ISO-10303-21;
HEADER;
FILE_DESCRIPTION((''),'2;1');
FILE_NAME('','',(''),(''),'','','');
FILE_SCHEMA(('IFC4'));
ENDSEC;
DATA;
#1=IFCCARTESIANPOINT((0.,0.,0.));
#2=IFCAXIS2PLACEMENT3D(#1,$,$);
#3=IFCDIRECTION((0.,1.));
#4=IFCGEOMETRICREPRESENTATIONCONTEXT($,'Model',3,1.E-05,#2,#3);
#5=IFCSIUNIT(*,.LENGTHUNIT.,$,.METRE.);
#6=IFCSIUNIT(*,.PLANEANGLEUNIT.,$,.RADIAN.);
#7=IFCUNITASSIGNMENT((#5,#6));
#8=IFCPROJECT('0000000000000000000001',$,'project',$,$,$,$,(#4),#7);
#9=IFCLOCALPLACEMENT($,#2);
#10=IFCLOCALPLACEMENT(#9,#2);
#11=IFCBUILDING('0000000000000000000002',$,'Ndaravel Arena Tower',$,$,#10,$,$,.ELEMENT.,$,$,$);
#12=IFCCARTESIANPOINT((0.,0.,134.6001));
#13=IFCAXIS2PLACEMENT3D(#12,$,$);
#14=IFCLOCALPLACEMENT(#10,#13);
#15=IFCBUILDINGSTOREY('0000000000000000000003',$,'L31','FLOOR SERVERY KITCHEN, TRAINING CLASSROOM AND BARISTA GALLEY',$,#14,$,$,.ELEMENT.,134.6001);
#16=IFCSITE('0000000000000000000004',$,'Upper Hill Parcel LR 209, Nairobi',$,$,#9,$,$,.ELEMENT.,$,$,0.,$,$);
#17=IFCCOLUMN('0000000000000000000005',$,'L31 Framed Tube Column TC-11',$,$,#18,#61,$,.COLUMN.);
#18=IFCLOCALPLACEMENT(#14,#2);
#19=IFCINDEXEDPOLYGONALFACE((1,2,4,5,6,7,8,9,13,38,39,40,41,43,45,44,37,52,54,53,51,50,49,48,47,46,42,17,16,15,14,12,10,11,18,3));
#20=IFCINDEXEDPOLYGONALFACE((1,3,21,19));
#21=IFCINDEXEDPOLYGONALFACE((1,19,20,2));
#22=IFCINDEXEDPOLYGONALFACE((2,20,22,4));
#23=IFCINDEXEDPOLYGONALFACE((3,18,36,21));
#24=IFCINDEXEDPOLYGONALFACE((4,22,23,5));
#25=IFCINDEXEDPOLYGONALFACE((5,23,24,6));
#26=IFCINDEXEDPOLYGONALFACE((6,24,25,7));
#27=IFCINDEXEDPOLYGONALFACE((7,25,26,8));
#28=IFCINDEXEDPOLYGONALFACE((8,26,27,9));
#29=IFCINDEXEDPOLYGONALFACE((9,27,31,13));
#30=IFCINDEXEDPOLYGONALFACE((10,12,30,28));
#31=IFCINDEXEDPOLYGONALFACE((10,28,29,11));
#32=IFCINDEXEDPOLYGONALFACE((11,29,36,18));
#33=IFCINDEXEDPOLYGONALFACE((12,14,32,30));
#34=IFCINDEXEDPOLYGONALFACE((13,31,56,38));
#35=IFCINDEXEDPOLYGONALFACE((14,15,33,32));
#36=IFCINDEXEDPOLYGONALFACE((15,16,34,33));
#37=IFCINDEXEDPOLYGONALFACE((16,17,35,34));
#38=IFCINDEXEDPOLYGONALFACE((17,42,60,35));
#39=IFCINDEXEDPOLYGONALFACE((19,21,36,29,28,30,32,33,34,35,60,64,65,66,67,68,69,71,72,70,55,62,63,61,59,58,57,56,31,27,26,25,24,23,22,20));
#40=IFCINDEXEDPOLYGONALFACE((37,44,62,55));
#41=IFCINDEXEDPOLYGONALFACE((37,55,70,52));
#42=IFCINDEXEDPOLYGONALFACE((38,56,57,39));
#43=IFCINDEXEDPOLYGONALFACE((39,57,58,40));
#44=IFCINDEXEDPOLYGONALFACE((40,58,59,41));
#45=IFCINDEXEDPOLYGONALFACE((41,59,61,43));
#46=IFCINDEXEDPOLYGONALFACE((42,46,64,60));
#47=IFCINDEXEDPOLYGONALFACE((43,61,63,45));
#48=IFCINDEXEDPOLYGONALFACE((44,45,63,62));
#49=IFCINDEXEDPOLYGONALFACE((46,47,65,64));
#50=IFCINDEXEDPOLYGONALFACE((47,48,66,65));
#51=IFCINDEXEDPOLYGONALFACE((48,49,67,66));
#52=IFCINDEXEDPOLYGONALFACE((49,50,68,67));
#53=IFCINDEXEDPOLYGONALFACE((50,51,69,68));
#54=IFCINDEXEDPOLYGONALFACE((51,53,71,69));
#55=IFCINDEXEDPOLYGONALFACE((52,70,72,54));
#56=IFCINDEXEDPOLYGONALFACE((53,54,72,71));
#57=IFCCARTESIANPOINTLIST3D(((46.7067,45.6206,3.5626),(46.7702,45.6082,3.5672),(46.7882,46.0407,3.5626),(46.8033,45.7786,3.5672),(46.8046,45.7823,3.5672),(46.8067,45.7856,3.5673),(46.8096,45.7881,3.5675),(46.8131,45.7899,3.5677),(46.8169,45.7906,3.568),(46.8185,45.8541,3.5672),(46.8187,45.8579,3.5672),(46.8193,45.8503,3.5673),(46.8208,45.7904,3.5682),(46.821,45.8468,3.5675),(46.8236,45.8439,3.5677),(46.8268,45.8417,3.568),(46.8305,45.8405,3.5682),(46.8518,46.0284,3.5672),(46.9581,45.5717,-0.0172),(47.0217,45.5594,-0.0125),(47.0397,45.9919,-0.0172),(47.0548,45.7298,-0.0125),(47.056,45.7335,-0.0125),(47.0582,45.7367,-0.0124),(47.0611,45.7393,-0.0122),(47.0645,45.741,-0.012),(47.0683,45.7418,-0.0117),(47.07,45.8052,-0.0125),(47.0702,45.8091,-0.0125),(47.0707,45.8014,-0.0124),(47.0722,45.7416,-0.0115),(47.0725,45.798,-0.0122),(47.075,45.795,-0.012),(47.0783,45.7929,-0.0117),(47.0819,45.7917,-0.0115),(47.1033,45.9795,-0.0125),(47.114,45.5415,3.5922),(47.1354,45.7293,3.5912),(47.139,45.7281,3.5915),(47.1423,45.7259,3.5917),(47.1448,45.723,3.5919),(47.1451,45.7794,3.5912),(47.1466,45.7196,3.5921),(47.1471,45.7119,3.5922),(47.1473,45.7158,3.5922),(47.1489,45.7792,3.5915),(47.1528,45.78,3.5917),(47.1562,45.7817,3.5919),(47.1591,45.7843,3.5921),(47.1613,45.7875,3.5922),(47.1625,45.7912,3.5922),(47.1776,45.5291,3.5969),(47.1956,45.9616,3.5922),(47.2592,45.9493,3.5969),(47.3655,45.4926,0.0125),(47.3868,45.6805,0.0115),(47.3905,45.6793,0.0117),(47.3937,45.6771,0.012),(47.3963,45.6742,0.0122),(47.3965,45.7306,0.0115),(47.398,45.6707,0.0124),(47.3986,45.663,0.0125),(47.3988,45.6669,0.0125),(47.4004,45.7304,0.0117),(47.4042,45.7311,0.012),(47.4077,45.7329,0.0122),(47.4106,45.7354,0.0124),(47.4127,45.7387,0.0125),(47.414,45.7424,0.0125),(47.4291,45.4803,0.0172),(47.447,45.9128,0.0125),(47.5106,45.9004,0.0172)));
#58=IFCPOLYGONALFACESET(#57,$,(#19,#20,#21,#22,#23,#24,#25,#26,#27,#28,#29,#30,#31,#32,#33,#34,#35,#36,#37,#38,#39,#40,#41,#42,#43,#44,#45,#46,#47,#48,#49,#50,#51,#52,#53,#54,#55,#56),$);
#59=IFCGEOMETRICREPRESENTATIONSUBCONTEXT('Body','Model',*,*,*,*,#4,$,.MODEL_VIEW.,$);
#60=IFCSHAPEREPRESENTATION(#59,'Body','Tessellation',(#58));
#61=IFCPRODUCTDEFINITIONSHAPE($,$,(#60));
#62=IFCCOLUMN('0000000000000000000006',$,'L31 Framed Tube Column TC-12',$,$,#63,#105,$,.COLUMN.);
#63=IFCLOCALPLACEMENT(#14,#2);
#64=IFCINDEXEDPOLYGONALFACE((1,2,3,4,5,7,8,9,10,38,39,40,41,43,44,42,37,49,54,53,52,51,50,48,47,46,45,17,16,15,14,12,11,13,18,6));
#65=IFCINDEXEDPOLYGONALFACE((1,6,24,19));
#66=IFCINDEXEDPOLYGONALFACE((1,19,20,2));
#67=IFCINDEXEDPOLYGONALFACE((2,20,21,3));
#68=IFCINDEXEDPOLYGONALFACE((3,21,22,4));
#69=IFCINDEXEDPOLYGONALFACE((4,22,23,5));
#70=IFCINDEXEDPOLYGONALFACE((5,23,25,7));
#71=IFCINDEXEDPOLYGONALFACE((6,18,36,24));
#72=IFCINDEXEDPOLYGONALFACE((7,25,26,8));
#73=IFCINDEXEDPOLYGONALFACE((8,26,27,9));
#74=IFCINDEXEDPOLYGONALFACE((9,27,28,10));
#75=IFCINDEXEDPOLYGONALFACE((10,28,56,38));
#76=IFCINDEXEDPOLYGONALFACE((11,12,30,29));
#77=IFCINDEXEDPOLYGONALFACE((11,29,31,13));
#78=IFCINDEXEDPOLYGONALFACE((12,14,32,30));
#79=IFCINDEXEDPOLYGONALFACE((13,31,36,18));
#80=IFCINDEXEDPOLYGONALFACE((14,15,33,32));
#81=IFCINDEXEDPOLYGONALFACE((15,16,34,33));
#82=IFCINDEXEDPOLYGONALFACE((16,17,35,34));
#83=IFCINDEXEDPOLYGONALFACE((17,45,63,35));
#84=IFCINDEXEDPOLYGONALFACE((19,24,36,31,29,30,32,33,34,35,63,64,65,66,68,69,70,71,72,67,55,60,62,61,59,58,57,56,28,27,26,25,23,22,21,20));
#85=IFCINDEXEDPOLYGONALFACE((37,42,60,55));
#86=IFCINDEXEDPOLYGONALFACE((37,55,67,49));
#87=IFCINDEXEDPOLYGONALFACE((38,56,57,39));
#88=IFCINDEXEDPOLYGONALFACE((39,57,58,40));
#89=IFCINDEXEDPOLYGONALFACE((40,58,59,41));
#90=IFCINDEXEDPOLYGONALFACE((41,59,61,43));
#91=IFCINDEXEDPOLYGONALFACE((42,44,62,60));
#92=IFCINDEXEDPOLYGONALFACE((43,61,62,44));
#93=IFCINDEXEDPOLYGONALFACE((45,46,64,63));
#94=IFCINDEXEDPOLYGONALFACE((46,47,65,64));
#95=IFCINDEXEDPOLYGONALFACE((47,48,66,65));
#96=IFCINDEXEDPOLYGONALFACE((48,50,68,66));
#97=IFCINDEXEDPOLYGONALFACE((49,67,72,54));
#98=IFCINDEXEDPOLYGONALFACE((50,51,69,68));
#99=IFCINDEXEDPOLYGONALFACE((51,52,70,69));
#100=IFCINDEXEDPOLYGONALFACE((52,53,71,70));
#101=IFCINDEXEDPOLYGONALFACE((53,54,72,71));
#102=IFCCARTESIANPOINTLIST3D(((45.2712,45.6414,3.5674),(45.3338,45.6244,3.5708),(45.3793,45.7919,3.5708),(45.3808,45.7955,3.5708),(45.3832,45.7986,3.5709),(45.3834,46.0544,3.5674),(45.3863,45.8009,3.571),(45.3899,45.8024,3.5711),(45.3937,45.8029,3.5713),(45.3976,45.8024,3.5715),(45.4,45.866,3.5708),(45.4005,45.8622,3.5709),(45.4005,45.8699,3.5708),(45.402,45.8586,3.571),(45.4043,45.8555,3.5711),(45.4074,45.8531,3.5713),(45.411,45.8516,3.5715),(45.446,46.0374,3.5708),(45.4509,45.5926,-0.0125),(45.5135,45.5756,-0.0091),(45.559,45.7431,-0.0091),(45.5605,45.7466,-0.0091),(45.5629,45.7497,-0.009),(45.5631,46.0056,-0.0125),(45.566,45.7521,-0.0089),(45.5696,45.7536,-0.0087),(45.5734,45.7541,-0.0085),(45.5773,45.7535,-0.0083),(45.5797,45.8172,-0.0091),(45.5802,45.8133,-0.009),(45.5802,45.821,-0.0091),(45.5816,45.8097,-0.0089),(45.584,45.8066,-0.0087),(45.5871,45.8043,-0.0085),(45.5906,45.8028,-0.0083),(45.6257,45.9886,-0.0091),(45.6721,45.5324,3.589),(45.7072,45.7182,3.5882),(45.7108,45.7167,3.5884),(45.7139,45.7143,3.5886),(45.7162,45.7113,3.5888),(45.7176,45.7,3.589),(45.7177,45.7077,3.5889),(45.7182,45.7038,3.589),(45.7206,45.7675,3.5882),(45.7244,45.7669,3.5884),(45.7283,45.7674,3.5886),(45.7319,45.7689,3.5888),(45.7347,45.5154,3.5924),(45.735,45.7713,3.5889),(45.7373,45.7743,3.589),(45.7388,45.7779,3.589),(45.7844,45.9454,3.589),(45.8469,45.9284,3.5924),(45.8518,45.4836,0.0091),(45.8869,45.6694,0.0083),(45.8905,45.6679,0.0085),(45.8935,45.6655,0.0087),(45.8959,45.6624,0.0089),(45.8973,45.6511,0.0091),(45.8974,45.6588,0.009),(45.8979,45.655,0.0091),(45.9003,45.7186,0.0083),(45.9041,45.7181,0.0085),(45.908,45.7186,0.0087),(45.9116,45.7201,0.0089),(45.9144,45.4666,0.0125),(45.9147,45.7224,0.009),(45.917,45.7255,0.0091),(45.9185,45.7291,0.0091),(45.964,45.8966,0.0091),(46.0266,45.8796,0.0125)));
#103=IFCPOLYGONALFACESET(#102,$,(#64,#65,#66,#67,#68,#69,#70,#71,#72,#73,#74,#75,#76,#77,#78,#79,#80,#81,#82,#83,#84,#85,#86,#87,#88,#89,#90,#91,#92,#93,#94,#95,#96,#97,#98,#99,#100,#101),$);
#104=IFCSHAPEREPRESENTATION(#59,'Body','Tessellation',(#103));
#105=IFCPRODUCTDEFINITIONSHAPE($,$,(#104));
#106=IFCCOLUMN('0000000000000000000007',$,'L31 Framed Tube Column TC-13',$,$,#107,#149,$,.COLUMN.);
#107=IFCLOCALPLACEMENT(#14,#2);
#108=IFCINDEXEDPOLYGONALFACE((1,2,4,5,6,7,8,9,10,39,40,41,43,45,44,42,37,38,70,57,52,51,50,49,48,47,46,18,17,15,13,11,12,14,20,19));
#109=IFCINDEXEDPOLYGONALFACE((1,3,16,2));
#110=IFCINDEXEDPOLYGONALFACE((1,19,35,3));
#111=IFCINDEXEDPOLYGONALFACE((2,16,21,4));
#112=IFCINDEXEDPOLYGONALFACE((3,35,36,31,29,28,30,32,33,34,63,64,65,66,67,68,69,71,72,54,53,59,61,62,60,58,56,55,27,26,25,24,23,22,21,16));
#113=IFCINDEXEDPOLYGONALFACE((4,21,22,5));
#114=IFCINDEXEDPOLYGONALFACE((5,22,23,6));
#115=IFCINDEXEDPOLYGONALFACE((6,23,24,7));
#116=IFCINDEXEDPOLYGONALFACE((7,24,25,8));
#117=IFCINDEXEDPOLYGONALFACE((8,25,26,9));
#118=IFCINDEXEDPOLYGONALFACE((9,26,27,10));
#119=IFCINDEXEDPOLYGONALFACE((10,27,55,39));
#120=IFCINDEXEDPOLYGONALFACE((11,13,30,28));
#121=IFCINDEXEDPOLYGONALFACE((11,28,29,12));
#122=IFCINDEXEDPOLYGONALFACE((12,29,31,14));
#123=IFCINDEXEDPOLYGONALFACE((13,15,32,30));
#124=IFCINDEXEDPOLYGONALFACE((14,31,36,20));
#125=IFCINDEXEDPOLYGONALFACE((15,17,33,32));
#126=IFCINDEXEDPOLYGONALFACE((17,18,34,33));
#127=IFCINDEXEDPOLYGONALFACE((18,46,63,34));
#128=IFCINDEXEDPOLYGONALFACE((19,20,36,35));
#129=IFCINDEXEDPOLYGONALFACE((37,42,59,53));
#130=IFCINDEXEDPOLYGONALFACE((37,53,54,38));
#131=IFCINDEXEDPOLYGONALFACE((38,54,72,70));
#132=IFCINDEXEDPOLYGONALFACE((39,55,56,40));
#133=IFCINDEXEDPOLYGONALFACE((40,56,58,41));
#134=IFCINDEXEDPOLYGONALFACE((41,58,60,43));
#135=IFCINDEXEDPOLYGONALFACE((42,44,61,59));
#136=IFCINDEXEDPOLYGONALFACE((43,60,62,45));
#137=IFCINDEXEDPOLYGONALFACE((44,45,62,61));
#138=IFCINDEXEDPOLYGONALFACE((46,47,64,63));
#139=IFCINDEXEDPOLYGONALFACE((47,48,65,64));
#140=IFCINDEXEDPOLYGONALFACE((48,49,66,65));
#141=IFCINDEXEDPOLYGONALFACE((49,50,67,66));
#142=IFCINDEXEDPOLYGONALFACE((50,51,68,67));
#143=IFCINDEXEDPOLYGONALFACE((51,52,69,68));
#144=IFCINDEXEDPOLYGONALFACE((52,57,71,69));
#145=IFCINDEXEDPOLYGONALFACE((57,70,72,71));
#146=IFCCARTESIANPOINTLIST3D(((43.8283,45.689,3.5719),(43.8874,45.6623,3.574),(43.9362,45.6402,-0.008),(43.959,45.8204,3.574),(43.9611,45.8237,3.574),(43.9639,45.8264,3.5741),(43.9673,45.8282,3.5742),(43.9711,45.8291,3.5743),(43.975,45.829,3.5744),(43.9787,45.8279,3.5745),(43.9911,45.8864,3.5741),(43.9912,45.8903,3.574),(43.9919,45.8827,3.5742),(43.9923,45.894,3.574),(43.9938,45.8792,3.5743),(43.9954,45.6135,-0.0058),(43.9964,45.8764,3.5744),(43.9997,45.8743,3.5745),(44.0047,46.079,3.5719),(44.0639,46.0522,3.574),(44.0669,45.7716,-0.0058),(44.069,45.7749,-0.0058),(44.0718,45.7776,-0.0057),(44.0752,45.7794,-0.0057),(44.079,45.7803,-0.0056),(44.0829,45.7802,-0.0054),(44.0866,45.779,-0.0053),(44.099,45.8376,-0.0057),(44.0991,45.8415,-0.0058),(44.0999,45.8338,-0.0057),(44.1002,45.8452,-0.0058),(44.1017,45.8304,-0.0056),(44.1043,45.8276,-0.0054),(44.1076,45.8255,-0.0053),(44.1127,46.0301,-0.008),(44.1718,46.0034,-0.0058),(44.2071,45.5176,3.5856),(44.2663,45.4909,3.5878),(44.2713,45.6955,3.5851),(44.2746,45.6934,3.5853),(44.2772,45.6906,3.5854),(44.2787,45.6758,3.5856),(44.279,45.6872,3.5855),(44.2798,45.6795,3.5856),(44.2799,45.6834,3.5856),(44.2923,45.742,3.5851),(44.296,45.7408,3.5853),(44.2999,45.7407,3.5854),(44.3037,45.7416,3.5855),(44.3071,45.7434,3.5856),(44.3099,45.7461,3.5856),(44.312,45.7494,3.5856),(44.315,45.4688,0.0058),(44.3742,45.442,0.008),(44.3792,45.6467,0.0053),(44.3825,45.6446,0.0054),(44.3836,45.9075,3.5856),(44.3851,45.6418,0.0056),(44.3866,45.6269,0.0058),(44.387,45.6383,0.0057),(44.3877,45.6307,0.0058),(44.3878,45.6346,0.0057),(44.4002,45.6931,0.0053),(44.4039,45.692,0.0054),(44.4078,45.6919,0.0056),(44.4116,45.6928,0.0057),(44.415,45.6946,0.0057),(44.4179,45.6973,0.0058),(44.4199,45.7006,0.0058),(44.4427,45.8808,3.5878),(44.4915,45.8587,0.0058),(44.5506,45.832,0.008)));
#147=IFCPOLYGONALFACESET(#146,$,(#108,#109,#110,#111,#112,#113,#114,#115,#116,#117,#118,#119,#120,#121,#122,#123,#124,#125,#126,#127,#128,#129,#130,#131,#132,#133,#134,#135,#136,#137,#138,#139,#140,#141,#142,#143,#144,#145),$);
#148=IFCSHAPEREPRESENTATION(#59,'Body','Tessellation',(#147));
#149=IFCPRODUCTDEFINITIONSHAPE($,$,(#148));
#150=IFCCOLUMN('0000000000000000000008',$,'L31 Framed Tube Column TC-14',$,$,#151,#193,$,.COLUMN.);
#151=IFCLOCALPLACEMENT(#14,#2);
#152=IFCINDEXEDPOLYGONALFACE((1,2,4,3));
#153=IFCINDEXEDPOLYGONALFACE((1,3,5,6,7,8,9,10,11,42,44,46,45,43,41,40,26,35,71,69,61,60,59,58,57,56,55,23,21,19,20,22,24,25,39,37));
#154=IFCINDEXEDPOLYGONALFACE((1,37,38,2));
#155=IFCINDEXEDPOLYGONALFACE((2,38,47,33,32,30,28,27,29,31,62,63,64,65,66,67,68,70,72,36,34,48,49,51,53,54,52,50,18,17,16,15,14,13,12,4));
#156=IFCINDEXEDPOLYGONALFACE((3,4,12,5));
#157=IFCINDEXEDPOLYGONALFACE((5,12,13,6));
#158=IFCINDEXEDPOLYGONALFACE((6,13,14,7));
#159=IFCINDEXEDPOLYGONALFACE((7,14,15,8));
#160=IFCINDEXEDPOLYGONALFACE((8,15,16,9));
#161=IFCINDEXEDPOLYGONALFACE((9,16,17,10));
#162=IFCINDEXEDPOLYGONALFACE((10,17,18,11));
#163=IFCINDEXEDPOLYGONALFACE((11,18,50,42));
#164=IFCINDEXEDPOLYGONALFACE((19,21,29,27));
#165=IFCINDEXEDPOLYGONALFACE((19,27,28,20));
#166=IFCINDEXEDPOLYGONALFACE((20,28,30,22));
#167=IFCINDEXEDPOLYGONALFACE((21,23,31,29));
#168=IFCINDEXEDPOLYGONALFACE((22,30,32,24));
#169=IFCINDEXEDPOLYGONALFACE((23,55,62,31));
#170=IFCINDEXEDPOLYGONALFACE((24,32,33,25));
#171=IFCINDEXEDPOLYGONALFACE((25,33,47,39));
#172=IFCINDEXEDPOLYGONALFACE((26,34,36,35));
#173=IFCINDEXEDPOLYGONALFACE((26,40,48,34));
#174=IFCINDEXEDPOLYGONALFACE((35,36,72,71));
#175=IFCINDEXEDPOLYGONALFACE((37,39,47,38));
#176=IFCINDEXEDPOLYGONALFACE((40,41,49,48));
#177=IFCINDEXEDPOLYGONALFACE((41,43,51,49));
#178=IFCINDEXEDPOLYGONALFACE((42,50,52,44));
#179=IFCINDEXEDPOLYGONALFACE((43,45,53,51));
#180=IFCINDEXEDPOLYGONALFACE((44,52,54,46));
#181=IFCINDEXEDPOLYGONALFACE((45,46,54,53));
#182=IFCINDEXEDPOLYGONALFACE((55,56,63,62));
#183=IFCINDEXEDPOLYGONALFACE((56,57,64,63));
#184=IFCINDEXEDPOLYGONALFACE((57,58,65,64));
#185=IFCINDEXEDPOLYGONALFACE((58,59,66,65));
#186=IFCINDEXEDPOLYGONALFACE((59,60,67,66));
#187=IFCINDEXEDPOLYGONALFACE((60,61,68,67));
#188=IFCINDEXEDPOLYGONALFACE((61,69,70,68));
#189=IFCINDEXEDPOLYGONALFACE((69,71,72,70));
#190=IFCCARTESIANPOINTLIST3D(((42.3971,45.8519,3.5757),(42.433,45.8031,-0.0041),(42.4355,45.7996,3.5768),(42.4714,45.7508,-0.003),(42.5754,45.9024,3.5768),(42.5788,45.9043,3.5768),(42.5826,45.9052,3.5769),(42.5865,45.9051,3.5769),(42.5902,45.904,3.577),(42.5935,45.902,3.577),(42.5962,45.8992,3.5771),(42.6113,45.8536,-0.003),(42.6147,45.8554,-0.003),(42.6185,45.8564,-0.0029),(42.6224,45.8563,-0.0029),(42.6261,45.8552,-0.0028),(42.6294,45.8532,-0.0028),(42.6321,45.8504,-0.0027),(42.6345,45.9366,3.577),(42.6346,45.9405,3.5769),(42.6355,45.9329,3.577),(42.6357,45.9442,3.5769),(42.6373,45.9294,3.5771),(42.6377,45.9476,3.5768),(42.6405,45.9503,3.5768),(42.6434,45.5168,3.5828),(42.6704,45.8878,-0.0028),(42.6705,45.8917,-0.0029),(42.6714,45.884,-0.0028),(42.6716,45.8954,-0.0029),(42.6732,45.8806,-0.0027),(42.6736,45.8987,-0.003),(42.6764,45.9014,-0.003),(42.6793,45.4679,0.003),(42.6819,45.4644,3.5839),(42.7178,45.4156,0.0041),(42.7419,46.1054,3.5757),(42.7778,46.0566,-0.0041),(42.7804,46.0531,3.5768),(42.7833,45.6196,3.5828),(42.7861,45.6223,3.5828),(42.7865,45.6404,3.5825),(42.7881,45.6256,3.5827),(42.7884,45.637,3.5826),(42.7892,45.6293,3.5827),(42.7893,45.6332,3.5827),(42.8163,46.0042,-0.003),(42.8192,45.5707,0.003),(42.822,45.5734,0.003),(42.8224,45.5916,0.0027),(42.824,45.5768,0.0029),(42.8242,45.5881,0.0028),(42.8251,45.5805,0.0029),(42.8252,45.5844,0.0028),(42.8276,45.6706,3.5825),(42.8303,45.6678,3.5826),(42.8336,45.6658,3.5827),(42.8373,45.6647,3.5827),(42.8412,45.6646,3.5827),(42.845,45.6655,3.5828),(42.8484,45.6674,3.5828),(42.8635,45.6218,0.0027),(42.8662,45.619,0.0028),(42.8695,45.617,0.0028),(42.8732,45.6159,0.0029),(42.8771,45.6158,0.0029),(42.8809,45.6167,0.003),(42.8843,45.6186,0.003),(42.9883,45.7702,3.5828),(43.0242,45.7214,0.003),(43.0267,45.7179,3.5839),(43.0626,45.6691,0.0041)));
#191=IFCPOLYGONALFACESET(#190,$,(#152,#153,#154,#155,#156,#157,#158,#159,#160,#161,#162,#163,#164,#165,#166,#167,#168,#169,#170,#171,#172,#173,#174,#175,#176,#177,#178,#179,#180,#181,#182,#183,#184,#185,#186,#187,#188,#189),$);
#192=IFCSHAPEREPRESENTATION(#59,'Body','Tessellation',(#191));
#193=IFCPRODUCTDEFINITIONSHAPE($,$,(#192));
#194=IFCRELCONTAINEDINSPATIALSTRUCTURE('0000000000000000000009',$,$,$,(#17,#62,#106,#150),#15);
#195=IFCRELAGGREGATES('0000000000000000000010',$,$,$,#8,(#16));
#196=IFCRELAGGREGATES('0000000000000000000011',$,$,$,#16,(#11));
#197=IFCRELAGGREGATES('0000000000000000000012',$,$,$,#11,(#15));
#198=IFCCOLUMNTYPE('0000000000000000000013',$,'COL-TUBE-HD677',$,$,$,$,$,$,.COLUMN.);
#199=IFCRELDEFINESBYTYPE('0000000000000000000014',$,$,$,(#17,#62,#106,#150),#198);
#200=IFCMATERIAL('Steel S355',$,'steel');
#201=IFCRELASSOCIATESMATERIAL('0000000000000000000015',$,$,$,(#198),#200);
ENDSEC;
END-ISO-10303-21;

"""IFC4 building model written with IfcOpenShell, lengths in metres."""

from ifc_helpers import new_model, si_unit, direction, frame, origin, origin_2d, place, context, subcontext, project, spatial, i_section, extrude, material, material_profile, profile_set, type_object, element, save


model = new_model("IFC4")

# Units and contexts
model_context = context("Model", 3, precision=1e-05, world=origin(), true_north=direction((0.0, 1.0)))
body_context = subcontext(model_context, "Body", "Model", "MODEL_VIEW")
ifc_project = project(units=[si_unit("LENGTHUNIT", "METRE"), si_unit("PLANEANGLEUNIT", "RADIAN")], contexts=[model_context])

# Site, building, storey
site_placement = place(None, origin())
site = spatial("IfcSite", under=ifc_project, at=site_placement, Name="Upper Hill Parcel LR 209, Nairobi", CompositionType="ELEMENT", RefElevation=0.0)
building_placement = place(site_placement, origin())
building = spatial("IfcBuilding", under=site, at=building_placement, Name="Ndaravel Arena Tower", CompositionType="ELEMENT")
storey_placement = place(building_placement, frame((0.0, 0.0, 134.6001)))
storey = spatial("IfcBuildingStorey", under=building, at=storey_placement, Name="L31", Description="FLOOR SERVERY KITCHEN, TRAINING CLASSROOM AND BARISTA GALLEY", CompositionType="ELEMENT", Elevation=134.6001)

# Columns
ifc_material_1 = material(Name="Steel S355", Category="steel")
ifc_material_profile_1 = material_profile(ifc_material_1, i_section(OverallWidth=0.428, OverallDepth=0.481, WebThickness=0.051, FlangeThickness=0.0649, FilletRadius=0.0149, at=origin_2d()), Name="HD 400x677")
ifc_profile_set_1 = profile_set([ifc_material_profile_1], Name="Steel S355")
column_type = type_object("IfcColumnType", Name="COL-TUBE-HD677", PredefinedType="COLUMN", material=ifc_profile_set_1)
column_1_placement = place(storey_placement, frame((47.2344, 45.7361, 0.0), z_axis=(-0.070066, 0.013605, 0.99745), x_axis=(-0.190615, -0.981665, 0.0)))
element("IfcColumn", 1, at=column_1_placement, inside=storey, type_object=column_type, Name="L31 Framed Tube Column TC-11", PredefinedType="COLUMN", context=body_context, shape_type="SweptSolid", body=[
    extrude(i_section(OverallWidth=0.428, OverallDepth=0.481, WebThickness=0.051, FlangeThickness=0.0649, FilletRadius=0.0149, at=origin_2d()), origin(), (0.0, 0.0, 1.0), 3.5889),
])
column_2_placement = place(storey_placement, frame((45.7388, 45.7361, 0.0), z_axis=(-0.050127, 0.013621, 0.99865), x_axis=(-0.26223, -0.965005, 0.0)))
element("IfcColumn", 2, at=column_2_placement, inside=storey, type_object=column_type, Name="L31 Framed Tube Column TC-12", PredefinedType="COLUMN", context=body_context, shape_type="SweptSolid", body=[
    extrude(i_section(OverallWidth=0.428, OverallDepth=0.481, WebThickness=0.051, FlangeThickness=0.0649, FilletRadius=0.0149, at=origin_2d()), origin(), (0.0, 0.0, 1.0), 3.5847),
])
column_3_placement = place(storey_placement, frame((44.2434, 45.7361, 0.0), z_axis=(-0.030127, 0.013632, 0.999453), x_axis=(-0.412249, -0.911071, 0.0)))
element("IfcColumn", 3, at=column_3_placement, inside=storey, type_object=column_type, Name="L31 Framed Tube Column TC-13", PredefinedType="COLUMN", context=body_context, shape_type="SweptSolid", body=[
    extrude(i_section(OverallWidth=0.428, OverallDepth=0.481, WebThickness=0.051, FlangeThickness=0.0649, FilletRadius=0.0149, at=origin_2d()), origin(), (0.0, 0.0, 1.0), 3.5818),
])
column_4_placement = place(storey_placement, frame((42.7478, 45.7361, 0.0), z_axis=(-0.010024, 0.013638, 0.999857), x_axis=(-0.805764, -0.592237, 0.0)))
element("IfcColumn", 4, at=column_4_placement, inside=storey, type_object=column_type, Name="L31 Framed Tube Column TC-14", PredefinedType="COLUMN", context=body_context, shape_type="SweptSolid", body=[
    extrude(i_section(OverallWidth=0.428, OverallDepth=0.481, WebThickness=0.051, FlangeThickness=0.0649, FilletRadius=0.0149, at=origin_2d()), origin(), (0.0, 0.0, 1.0), 3.5803),
])

save(model, "model.ifc")
